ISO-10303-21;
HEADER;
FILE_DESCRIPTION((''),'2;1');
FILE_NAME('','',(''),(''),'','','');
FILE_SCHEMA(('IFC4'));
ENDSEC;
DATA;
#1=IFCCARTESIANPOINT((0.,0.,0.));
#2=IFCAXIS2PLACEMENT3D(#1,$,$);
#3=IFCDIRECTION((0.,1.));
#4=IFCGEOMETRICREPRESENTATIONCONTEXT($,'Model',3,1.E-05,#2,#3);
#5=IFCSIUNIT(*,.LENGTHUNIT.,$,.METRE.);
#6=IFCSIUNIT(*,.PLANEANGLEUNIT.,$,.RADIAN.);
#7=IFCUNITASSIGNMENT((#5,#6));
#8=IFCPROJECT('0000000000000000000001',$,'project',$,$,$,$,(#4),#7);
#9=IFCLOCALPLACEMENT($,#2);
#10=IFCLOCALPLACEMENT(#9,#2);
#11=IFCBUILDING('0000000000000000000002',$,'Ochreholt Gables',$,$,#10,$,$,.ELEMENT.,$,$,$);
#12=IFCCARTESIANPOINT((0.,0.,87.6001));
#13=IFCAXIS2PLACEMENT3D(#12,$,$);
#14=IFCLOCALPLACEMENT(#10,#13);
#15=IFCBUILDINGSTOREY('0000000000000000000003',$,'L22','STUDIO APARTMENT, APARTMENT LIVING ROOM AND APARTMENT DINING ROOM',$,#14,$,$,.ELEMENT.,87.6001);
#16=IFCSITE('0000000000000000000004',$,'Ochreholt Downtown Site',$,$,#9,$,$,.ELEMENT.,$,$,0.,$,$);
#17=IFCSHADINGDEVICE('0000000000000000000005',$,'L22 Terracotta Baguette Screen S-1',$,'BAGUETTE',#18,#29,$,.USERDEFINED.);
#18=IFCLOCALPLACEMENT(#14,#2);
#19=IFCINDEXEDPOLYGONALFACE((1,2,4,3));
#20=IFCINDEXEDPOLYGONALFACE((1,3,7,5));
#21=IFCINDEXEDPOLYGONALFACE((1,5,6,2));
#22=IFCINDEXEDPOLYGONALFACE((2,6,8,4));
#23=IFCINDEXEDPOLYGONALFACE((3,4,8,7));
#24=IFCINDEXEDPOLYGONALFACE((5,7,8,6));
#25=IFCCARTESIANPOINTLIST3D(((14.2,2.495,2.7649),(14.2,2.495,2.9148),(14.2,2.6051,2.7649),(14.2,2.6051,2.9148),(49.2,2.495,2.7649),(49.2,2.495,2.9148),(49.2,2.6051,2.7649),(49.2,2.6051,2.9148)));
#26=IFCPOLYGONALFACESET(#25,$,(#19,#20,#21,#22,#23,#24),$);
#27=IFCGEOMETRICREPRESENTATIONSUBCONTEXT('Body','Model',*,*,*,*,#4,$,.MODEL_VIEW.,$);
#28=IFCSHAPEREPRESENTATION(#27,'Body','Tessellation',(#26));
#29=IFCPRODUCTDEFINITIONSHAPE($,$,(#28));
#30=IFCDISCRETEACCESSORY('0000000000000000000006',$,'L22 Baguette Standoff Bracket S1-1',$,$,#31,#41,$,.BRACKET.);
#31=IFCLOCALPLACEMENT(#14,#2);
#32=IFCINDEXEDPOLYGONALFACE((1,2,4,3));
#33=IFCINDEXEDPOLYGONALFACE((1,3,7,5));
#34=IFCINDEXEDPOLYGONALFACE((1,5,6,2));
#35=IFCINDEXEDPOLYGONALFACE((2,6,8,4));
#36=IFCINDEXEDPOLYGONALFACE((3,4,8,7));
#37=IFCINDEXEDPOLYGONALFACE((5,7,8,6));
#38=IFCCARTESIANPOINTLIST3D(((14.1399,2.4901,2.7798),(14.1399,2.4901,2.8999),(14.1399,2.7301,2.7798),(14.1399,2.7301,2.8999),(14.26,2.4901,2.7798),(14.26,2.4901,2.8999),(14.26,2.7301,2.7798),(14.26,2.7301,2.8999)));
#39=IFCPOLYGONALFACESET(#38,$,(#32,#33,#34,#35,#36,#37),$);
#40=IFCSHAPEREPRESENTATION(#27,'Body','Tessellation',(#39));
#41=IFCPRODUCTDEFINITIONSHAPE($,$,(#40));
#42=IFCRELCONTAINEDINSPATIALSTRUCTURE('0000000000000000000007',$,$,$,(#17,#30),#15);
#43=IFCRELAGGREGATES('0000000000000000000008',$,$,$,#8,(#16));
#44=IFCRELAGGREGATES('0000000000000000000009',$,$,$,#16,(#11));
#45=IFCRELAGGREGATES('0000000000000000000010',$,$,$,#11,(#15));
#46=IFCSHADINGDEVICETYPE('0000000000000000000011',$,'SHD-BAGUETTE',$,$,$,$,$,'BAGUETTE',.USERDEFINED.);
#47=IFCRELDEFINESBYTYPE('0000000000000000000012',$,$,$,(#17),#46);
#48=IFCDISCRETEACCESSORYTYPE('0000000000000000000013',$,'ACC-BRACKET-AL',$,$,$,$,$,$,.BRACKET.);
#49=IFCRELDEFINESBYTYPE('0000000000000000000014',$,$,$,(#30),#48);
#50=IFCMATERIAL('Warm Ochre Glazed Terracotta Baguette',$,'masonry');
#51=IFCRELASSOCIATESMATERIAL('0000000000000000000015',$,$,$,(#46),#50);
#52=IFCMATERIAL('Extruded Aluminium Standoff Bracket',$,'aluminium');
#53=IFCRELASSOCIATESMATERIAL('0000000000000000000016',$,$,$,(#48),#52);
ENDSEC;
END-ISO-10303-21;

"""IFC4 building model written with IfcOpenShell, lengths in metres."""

from ifc_helpers import new_model, si_unit, direction, frame, origin, origin_2d, place, context, subcontext, project, spatial, rectangle, extrude, material, material_profile, profile_set, type_object, element, save


model = new_model("IFC4")

# Units and contexts
model_context = context("Model", 3, precision=1e-05, world=origin(), true_north=direction((0.0, 1.0)))
body_context = subcontext(model_context, "Body", "Model", "MODEL_VIEW")
ifc_project = project(units=[si_unit("LENGTHUNIT", "METRE"), si_unit("PLANEANGLEUNIT", "RADIAN")], contexts=[model_context])

# Site, building, storey
site_placement = place(None, origin())
site = spatial("IfcSite", under=ifc_project, at=site_placement, Name="Ochreholt Downtown Site", CompositionType="ELEMENT", RefElevation=0.0)
building_placement = place(site_placement, origin())
building = spatial("IfcBuilding", under=site, at=building_placement, Name="Ochreholt Gables", CompositionType="ELEMENT")
storey_placement = place(building_placement, frame((0.0, 0.0, 87.6001)))
storey = spatial("IfcBuildingStorey", under=building, at=storey_placement, Name="L22", Description="STUDIO APARTMENT, APARTMENT LIVING ROOM AND APARTMENT DINING ROOM", CompositionType="ELEMENT", Elevation=87.6001)

# Shading device
ifc_material_1 = material(Name="Warm Ochre Glazed Terracotta Baguette", Category="masonry")
ifc_material_profile_1 = material_profile(ifc_material_1, rectangle(XDim=0.1101, YDim=0.1499, at=origin_2d()), Name="TCBAG110X150")
ifc_profile_set_1 = profile_set([ifc_material_profile_1], Name="Warm Ochre Glazed Terracotta Baguette")
shading_device_type = type_object("IfcShadingDeviceType", Name="SHD-BAGUETTE", ElementType="BAGUETTE", PredefinedType="USERDEFINED", material=ifc_profile_set_1)
shading_device_placement = place(storey_placement, frame((14.2, 2.55, 2.8398), z_axis=(1.0, 0.0, 0.0), x_axis=(0.0, 1.0, 0.0)))
element("IfcShadingDevice", 1, at=shading_device_placement, inside=storey, type_object=shading_device_type, Name="L22 Terracotta Baguette Screen S-1", ObjectType="BAGUETTE", PredefinedType="USERDEFINED", context=body_context, shape_type="SweptSolid", body=[
    extrude(rectangle(XDim=0.1101, YDim=0.1499, at=origin_2d()), origin(), (0.0, 0.0, 1.0), 35.0),
])

# Discrete accessory
ifc_material_2 = material(Name="Extruded Aluminium Standoff Bracket", Category="aluminium")
discrete_accessory_type = type_object("IfcDiscreteAccessoryType", Name="ACC-BRACKET-AL", PredefinedType="BRACKET", material=ifc_material_2)
discrete_accessory_placement = place(storey_placement, frame((14.2, 2.6101, 2.7798), z_axis=(0.0, 0.0, 1.0), x_axis=(1.0, 0.0, 0.0)))
element("IfcDiscreteAccessory", 2, at=discrete_accessory_placement, inside=storey, type_object=discrete_accessory_type, Name="L22 Baguette Standoff Bracket S1-1", PredefinedType="BRACKET", context=body_context, shape_type="SweptSolid", body=[
    extrude(rectangle(XDim=0.1201, YDim=0.24, at=origin_2d()), origin(), (0.0, 0.0, 1.0), 0.1201),
])

save(model, "model.ifc")
